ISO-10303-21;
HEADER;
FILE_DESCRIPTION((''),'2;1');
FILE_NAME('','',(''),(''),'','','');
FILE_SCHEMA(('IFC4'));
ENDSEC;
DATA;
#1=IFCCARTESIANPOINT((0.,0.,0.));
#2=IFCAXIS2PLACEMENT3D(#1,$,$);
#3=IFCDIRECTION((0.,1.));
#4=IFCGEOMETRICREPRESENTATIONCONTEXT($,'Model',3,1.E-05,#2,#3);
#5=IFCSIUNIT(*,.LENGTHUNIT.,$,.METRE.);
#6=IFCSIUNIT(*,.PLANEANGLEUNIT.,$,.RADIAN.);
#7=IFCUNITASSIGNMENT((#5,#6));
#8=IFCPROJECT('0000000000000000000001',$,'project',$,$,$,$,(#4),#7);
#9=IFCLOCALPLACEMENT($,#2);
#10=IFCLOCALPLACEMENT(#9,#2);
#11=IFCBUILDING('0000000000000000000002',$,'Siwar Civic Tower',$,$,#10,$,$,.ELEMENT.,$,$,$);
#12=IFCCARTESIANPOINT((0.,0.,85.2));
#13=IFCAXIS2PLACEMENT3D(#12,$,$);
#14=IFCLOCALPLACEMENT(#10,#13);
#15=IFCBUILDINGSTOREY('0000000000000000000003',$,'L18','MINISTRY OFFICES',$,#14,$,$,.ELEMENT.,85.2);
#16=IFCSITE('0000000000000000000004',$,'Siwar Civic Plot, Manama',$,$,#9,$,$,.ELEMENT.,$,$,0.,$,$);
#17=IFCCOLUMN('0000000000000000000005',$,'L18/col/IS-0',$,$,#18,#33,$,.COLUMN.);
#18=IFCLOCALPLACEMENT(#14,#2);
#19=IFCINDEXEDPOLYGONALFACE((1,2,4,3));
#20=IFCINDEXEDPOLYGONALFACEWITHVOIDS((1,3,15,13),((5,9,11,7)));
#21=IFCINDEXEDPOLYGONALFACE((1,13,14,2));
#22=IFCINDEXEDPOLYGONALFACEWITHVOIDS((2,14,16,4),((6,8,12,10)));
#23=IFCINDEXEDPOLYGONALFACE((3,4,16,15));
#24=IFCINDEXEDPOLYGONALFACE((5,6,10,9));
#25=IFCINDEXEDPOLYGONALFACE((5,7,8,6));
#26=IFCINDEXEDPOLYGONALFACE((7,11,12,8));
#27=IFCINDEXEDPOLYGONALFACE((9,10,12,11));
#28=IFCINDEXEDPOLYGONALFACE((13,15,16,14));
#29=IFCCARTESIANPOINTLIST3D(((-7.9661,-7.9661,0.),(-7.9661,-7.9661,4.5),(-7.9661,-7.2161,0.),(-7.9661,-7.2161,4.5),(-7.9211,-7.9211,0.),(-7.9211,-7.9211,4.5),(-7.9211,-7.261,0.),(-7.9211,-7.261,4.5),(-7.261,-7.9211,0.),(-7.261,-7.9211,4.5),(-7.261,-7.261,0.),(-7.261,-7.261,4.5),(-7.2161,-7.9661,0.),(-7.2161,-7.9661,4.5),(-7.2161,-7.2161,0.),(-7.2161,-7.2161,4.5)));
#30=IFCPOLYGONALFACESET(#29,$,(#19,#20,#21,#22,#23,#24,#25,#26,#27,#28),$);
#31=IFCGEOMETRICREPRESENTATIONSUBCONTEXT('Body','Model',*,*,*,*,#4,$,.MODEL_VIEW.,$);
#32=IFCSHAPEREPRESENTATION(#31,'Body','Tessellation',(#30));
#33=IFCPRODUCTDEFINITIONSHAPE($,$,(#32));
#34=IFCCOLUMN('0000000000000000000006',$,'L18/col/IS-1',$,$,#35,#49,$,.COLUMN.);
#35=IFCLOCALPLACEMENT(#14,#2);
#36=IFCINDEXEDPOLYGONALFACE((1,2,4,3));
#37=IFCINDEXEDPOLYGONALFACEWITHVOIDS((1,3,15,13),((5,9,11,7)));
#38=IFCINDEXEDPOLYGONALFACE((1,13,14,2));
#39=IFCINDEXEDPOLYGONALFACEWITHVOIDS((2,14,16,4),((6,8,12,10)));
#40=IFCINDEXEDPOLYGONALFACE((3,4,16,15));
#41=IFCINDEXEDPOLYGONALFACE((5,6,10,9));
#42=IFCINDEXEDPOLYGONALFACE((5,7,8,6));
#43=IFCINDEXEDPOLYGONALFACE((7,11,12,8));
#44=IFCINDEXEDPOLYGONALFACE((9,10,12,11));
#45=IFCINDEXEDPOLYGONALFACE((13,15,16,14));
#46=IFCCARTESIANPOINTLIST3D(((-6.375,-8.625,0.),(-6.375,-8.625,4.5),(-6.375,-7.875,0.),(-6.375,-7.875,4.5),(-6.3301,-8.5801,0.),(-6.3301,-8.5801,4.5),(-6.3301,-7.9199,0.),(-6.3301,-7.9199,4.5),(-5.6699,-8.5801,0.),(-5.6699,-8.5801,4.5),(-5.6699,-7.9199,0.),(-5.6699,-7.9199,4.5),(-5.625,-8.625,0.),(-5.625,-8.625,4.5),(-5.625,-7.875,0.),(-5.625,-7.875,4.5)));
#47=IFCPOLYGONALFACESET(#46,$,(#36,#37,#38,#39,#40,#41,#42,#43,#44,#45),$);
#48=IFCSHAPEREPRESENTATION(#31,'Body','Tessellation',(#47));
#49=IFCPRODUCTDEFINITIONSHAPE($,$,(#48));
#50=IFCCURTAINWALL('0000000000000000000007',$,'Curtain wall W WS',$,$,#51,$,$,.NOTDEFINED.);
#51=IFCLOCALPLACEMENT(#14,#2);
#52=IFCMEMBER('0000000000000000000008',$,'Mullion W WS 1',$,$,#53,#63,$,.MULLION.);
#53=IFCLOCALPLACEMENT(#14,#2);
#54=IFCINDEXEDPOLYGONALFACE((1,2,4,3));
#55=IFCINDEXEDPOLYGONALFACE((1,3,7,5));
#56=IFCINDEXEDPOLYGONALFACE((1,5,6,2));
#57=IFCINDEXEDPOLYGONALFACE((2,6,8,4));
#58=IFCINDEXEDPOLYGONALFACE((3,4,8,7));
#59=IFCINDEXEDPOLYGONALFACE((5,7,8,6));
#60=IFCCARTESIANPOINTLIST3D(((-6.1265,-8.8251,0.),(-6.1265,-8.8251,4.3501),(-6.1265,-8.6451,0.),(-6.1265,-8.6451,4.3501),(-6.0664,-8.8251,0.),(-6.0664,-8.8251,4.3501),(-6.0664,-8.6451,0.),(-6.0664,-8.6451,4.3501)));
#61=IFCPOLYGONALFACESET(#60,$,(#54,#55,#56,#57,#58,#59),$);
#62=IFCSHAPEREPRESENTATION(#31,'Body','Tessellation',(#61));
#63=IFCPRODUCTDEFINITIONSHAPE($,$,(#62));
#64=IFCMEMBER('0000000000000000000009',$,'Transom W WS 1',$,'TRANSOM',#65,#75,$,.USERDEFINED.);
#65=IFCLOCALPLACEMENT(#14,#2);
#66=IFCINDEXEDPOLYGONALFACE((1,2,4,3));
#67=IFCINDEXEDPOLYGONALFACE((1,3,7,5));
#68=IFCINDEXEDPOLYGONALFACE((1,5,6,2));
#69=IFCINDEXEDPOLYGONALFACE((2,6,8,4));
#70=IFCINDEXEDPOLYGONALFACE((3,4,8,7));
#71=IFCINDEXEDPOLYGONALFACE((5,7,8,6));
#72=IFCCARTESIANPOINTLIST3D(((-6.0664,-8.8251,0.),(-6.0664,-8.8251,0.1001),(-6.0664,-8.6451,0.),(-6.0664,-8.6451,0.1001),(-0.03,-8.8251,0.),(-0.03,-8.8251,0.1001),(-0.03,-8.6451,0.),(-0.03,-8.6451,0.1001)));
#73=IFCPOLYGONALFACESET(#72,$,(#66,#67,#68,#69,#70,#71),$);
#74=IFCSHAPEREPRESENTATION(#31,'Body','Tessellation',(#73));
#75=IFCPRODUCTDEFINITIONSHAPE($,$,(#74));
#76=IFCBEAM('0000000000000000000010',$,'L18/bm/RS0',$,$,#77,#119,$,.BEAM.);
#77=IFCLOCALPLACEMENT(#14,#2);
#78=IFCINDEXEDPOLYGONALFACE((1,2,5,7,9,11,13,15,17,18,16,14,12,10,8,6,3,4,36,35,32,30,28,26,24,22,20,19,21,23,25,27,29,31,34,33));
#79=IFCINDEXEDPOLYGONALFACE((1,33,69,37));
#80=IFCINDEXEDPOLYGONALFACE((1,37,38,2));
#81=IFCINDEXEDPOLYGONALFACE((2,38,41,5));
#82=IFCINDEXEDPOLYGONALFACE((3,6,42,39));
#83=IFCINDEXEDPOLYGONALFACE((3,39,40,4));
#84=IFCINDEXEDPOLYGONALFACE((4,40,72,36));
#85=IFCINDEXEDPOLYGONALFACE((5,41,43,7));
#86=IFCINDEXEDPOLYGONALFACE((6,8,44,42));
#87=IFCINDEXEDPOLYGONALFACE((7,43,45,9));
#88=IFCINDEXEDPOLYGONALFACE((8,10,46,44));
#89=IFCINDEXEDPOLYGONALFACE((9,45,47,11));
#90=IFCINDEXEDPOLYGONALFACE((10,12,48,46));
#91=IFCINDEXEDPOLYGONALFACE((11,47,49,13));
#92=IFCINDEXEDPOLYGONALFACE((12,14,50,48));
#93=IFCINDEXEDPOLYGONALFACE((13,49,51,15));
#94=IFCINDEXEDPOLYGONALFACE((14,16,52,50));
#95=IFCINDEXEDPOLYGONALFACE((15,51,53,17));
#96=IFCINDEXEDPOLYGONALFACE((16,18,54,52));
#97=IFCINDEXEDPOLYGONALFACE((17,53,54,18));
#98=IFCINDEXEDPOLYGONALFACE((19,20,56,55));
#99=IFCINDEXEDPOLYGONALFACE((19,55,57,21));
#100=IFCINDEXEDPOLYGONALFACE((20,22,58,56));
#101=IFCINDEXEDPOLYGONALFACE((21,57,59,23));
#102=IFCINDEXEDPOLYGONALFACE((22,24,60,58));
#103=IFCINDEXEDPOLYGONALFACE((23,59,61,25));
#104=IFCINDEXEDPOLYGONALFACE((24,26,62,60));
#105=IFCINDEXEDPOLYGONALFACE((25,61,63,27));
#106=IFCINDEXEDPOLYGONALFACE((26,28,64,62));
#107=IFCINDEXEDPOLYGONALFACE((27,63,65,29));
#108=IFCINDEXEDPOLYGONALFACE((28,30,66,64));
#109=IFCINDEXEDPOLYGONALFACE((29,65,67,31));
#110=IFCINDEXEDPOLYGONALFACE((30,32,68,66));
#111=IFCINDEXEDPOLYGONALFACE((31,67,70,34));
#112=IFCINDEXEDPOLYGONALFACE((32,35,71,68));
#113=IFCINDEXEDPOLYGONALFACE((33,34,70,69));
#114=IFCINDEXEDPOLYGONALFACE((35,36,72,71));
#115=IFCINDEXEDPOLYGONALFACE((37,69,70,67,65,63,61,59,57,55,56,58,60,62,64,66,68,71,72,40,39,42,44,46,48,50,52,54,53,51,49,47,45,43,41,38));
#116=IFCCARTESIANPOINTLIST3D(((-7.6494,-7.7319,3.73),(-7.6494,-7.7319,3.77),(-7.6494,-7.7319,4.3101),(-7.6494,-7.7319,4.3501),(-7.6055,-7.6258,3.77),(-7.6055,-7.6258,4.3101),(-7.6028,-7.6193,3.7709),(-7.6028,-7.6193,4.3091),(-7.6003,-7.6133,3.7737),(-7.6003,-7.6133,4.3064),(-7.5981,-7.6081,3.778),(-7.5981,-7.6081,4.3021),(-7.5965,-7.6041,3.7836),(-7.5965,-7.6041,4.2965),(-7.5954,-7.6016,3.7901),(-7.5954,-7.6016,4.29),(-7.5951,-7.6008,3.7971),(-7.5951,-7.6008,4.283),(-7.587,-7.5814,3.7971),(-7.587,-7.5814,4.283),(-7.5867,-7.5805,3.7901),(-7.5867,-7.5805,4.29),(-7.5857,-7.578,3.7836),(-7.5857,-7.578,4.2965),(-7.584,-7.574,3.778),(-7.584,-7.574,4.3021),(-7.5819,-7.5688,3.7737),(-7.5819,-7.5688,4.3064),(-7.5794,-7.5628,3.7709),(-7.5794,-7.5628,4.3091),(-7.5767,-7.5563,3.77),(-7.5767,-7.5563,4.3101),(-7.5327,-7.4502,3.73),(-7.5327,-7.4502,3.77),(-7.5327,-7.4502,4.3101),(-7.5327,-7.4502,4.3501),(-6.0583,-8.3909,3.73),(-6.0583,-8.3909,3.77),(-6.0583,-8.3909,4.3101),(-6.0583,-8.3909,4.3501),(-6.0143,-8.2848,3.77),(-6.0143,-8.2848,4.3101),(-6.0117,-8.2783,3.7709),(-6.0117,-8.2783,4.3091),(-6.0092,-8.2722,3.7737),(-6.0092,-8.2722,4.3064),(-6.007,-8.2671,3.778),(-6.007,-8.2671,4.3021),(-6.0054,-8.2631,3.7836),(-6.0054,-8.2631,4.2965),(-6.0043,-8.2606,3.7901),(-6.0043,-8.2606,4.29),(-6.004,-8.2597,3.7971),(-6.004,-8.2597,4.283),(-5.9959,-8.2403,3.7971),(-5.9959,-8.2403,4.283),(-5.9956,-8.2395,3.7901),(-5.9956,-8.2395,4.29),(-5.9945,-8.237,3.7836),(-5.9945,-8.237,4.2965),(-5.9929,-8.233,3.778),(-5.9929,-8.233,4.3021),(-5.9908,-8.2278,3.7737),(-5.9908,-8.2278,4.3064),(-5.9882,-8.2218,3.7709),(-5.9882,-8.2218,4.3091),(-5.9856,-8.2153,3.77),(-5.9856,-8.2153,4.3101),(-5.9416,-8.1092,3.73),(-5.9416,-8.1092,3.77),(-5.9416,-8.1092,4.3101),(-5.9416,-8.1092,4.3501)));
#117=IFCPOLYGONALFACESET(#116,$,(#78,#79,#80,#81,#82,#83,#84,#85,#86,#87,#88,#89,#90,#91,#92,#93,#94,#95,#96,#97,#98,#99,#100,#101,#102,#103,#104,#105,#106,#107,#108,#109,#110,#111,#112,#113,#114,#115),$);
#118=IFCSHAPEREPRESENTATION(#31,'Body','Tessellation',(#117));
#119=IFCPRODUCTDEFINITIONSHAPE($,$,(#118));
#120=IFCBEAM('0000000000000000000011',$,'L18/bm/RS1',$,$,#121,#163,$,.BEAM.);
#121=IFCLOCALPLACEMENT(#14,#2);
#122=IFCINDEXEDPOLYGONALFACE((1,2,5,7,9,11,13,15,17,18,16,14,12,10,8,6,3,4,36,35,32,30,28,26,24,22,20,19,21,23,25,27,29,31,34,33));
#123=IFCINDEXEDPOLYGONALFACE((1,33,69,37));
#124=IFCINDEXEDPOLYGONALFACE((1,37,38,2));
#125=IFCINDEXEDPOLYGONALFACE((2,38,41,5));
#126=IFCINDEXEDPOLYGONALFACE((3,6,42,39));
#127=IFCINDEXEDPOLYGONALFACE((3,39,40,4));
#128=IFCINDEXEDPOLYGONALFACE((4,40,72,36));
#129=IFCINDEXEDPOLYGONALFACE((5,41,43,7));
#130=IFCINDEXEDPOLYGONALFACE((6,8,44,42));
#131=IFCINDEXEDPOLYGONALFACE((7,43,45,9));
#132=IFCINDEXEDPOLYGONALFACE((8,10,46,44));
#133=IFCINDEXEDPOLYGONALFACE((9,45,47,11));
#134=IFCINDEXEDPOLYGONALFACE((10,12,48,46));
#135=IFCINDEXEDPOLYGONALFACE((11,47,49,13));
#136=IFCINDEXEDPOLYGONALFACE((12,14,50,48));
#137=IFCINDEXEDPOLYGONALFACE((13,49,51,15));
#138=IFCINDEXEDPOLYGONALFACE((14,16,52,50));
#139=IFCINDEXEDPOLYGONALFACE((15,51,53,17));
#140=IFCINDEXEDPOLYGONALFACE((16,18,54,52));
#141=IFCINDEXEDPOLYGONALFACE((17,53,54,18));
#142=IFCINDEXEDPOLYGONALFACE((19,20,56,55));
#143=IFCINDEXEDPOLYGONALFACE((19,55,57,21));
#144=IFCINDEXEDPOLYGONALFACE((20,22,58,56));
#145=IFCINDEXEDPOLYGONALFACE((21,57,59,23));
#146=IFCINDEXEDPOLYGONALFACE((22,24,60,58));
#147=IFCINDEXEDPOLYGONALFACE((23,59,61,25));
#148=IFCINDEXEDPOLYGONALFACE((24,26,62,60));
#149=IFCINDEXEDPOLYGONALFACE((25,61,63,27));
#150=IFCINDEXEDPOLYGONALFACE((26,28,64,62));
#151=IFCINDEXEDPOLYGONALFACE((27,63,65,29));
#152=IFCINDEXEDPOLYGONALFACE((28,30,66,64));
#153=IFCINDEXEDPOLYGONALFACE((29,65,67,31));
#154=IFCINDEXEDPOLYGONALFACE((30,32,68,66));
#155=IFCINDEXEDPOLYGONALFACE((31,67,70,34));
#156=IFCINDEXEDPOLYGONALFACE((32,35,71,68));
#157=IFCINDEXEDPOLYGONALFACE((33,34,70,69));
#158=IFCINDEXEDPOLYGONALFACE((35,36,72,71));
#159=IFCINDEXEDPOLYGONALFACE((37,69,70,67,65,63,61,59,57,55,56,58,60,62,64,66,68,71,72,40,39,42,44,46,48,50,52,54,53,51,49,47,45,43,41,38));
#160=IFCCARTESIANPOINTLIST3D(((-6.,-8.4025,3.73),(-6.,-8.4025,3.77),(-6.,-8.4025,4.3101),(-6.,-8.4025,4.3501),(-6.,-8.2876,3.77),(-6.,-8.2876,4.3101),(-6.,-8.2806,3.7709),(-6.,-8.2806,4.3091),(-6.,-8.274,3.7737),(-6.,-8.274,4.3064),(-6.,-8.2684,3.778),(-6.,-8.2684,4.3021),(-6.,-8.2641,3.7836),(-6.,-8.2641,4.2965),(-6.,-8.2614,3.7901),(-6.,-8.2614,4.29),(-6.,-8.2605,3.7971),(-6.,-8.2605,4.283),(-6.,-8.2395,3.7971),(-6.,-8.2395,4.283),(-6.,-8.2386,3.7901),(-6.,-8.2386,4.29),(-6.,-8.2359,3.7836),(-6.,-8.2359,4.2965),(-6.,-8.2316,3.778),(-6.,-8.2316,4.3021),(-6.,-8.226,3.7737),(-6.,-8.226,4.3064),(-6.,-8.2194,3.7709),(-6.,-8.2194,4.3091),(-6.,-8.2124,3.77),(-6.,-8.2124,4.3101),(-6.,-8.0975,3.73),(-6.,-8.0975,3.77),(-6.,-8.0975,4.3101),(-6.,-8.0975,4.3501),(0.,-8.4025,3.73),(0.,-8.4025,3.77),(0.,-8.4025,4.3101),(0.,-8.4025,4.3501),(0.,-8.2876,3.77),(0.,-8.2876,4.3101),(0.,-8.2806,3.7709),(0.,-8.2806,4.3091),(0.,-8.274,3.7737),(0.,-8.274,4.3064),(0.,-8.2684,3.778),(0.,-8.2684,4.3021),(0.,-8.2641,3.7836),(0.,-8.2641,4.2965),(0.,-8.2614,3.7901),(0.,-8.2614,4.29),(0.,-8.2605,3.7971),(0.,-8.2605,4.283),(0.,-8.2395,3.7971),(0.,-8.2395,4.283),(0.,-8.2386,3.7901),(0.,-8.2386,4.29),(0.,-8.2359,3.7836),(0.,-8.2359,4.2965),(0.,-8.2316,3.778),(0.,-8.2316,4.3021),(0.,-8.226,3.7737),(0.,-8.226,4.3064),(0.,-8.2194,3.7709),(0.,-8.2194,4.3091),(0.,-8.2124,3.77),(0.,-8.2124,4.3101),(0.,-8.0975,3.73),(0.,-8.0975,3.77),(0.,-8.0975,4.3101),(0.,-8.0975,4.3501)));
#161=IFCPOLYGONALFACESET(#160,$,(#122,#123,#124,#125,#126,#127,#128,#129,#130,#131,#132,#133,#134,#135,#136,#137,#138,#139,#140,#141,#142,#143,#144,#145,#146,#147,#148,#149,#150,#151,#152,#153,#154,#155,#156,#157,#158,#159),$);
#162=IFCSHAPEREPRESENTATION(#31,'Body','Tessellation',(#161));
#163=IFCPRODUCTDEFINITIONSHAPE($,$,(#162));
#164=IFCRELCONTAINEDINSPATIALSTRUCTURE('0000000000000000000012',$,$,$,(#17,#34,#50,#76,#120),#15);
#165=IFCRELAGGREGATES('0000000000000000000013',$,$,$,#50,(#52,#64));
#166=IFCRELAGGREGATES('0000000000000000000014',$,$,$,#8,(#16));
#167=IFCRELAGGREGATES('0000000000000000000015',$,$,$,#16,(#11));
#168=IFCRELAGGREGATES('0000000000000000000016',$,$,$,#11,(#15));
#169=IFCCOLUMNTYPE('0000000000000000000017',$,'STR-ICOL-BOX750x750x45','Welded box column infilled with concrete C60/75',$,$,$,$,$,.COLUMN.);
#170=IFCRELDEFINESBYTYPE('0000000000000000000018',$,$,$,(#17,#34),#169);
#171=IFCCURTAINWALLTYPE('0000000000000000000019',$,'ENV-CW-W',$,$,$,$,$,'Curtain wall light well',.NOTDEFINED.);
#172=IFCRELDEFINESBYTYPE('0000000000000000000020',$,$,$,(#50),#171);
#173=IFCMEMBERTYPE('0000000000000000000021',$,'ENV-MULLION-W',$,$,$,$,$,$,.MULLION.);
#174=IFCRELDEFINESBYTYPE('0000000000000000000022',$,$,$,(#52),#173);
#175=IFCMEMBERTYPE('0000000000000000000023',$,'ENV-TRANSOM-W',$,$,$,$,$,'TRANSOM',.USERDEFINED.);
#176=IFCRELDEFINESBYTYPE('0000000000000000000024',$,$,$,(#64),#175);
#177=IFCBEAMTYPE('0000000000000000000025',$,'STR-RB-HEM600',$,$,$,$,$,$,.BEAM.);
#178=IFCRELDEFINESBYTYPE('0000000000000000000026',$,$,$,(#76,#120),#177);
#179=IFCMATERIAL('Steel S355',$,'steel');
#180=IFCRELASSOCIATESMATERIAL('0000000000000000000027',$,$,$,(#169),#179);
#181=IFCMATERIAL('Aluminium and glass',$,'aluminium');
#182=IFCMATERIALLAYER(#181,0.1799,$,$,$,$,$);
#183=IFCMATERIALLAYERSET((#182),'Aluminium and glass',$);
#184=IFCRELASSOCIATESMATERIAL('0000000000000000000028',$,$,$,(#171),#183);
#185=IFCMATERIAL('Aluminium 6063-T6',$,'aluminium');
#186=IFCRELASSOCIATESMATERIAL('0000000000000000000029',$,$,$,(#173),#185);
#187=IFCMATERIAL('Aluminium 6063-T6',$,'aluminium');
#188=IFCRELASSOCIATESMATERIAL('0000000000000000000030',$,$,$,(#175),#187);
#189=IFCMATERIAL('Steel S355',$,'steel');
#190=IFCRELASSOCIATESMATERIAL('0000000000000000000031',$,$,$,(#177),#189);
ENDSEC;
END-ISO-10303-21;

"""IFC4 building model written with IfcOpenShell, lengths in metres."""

from ifc_helpers import new_model, si_unit, direction, frame, origin, origin_2d, place, context, subcontext, project, spatial, rectangle, hollow_rectangle, i_section, extrude, material, layer, layer_set, material_profile, profile_set, type_object, element, aggregate, save


model = new_model("IFC4")

# Units and contexts
model_context = context("Model", 3, precision=1e-05, world=origin(), true_north=direction((0.0, 1.0)))
body_context = subcontext(model_context, "Body", "Model", "MODEL_VIEW")
ifc_project = project(units=[si_unit("LENGTHUNIT", "METRE"), si_unit("PLANEANGLEUNIT", "RADIAN")], contexts=[model_context])

# Site, building, storey
site_placement = place(None, origin())
site = spatial("IfcSite", under=ifc_project, at=site_placement, Name="Siwar Civic Plot, Manama", CompositionType="ELEMENT", RefElevation=0.0)
building_placement = place(site_placement, origin())
building = spatial("IfcBuilding", under=site, at=building_placement, Name="Siwar Civic Tower", CompositionType="ELEMENT")
storey_placement = place(building_placement, frame((0.0, 0.0, 85.2)))
storey = spatial("IfcBuildingStorey", under=building, at=storey_placement, Name="L18", Description="MINISTRY OFFICES", CompositionType="ELEMENT", Elevation=85.2)

# Columns
ifc_material_1 = material(Name="Steel S355", Category="steel")
ifc_material_profile_1 = material_profile(ifc_material_1, hollow_rectangle(XDim=0.75, YDim=0.75, WallThickness=0.0449, at=origin_2d()), Name="BOX750x750x45")
ifc_profile_set_1 = profile_set([ifc_material_profile_1], Name="Steel S355")
column_type = type_object("IfcColumnType", Name="STR-ICOL-BOX750x750x45", Description="Welded box column infilled with concrete C60/75", PredefinedType="COLUMN", material=ifc_profile_set_1)
for number, where, z_axis, x_axis, name in (
    (1, (-7.5911, -7.5911, 0.0), (0.0, 0.0, 1.0), (1.0, 0.0, 0.0), "L18/col/IS-0"),
    (2, (-6.0, -8.25, 0.0), (0.0, 0.0, 1.0), (1.0, 0.0, 0.0), "L18/col/IS-1"),
):
    element("IfcColumn", number, at=place(storey_placement, frame(where, z_axis=z_axis, x_axis=x_axis)), inside=storey, type_object=column_type, Name=name, PredefinedType="COLUMN", context=body_context, shape_type="SweptSolid", body=[
        extrude(hollow_rectangle(XDim=0.75, YDim=0.75, WallThickness=0.0449, at=origin_2d()), origin(), (0.0, 0.0, 1.0), 4.5),
    ])

# Curtain wall, members
ifc_material_2 = material(Name="Aluminium and glass", Category="aluminium")
ifc_layer_1 = layer(ifc_material_2, 0.1799)
ifc_layer_set_1 = layer_set([ifc_layer_1], Name="Aluminium and glass")
curtain_wall_type = type_object("IfcCurtainWallType", Name="ENV-CW-W", ElementType="Curtain wall light well", PredefinedType="NOTDEFINED", material=ifc_layer_set_1)
curtain_wall_placement = place(storey_placement, origin())
curtain_wall = element("IfcCurtainWall", 3, at=curtain_wall_placement, inside=storey, type_object=curtain_wall_type, Name="Curtain wall W WS", PredefinedType="NOTDEFINED")
ifc_material_3 = material(Name="Aluminium 6063-T6", Category="aluminium")
ifc_material_profile_2 = material_profile(ifc_material_3, rectangle(XDim=0.1799, YDim=0.0601, at=origin_2d()), Name="AL 180x60")
ifc_profile_set_2 = profile_set([ifc_material_profile_2], Name="Aluminium 6063-T6")
member_type_1 = type_object("IfcMemberType", Name="ENV-MULLION-W", PredefinedType="MULLION", material=ifc_profile_set_2)
member_1_placement = place(storey_placement, frame((-6.0964, -8.7351, 0.0), z_axis=(0.0, 0.0, 1.0), x_axis=(0.0, 1.0, 0.0)))
member_1 = element("IfcMember", 4, at=member_1_placement, type_object=member_type_1, Name="Mullion W WS 1", PredefinedType="MULLION", context=body_context, shape_type="SweptSolid", body=[
    extrude(rectangle(XDim=0.1799, YDim=0.0601, at=origin_2d()), origin(), (0.0, 0.0, 1.0), 4.3501),
])
ifc_material_4 = material(Name="Aluminium 6063-T6", Category="aluminium")
ifc_material_profile_3 = material_profile(ifc_material_4, rectangle(XDim=0.1799, YDim=0.1001, at=origin_2d()), Name="AL 180x100")
ifc_profile_set_3 = profile_set([ifc_material_profile_3], Name="Aluminium 6063-T6")
member_type_2 = type_object("IfcMemberType", Name="ENV-TRANSOM-W", ElementType="TRANSOM", PredefinedType="USERDEFINED", material=ifc_profile_set_3)
member_2_placement = place(storey_placement, frame((-6.0664, -8.7351, 0.05), z_axis=(1.0, 0.0, 0.0), x_axis=(0.0, 1.0, 0.0)))
member_2 = element("IfcMember", 5, at=member_2_placement, type_object=member_type_2, Name="Transom W WS 1", ObjectType="TRANSOM", PredefinedType="USERDEFINED", context=body_context, shape_type="SweptSolid", body=[
    extrude(rectangle(XDim=0.1799, YDim=0.1001, at=origin_2d()), origin(), (0.0, 0.0, 1.0), 6.0364),
])

# Beams
ifc_material_5 = material(Name="Steel S355", Category="steel")
ifc_material_profile_4 = material_profile(ifc_material_5, i_section(OverallWidth=0.3049, OverallDepth=0.6201, WebThickness=0.021, FlangeThickness=0.04, FilletRadius=0.0271, at=origin_2d()), Name="HEM600")
ifc_profile_set_4 = profile_set([ifc_material_profile_4], Name="Steel S355")
beam_type = type_object("IfcBeamType", Name="STR-RB-HEM600", PredefinedType="BEAM", material=ifc_profile_set_4)
beam_1_placement = place(storey_placement, frame((-7.5911, -7.5911, 4.04), z_axis=(0.923901, -0.382631, 0.0), x_axis=(0.382631, 0.923901, 0.0)))
element("IfcBeam", 6, at=beam_1_placement, inside=storey, type_object=beam_type, Name="L18/bm/RS0", PredefinedType="BEAM", context=body_context, shape_type="SweptSolid", body=[
    extrude(i_section(OverallWidth=0.3049, OverallDepth=0.6201, WebThickness=0.021, FlangeThickness=0.04, FilletRadius=0.0271, at=origin_2d()), origin(), (0.0, 0.0, 1.0), 1.7222),
])
beam_2_placement = place(storey_placement, frame((-6.0, -8.25, 4.04), z_axis=(1.0, 0.0, 0.0), x_axis=(0.0, 1.0, 0.0)))
element("IfcBeam", 7, at=beam_2_placement, inside=storey, type_object=beam_type, Name="L18/bm/RS1", PredefinedType="BEAM", context=body_context, shape_type="SweptSolid", body=[
    extrude(i_section(OverallWidth=0.3049, OverallDepth=0.6201, WebThickness=0.021, FlangeThickness=0.04, FilletRadius=0.0271, at=origin_2d()), origin(), (0.0, 0.0, 1.0), 6.0),
])

aggregate(curtain_wall, [member_1, member_2])

save(model, "model.ifc")
